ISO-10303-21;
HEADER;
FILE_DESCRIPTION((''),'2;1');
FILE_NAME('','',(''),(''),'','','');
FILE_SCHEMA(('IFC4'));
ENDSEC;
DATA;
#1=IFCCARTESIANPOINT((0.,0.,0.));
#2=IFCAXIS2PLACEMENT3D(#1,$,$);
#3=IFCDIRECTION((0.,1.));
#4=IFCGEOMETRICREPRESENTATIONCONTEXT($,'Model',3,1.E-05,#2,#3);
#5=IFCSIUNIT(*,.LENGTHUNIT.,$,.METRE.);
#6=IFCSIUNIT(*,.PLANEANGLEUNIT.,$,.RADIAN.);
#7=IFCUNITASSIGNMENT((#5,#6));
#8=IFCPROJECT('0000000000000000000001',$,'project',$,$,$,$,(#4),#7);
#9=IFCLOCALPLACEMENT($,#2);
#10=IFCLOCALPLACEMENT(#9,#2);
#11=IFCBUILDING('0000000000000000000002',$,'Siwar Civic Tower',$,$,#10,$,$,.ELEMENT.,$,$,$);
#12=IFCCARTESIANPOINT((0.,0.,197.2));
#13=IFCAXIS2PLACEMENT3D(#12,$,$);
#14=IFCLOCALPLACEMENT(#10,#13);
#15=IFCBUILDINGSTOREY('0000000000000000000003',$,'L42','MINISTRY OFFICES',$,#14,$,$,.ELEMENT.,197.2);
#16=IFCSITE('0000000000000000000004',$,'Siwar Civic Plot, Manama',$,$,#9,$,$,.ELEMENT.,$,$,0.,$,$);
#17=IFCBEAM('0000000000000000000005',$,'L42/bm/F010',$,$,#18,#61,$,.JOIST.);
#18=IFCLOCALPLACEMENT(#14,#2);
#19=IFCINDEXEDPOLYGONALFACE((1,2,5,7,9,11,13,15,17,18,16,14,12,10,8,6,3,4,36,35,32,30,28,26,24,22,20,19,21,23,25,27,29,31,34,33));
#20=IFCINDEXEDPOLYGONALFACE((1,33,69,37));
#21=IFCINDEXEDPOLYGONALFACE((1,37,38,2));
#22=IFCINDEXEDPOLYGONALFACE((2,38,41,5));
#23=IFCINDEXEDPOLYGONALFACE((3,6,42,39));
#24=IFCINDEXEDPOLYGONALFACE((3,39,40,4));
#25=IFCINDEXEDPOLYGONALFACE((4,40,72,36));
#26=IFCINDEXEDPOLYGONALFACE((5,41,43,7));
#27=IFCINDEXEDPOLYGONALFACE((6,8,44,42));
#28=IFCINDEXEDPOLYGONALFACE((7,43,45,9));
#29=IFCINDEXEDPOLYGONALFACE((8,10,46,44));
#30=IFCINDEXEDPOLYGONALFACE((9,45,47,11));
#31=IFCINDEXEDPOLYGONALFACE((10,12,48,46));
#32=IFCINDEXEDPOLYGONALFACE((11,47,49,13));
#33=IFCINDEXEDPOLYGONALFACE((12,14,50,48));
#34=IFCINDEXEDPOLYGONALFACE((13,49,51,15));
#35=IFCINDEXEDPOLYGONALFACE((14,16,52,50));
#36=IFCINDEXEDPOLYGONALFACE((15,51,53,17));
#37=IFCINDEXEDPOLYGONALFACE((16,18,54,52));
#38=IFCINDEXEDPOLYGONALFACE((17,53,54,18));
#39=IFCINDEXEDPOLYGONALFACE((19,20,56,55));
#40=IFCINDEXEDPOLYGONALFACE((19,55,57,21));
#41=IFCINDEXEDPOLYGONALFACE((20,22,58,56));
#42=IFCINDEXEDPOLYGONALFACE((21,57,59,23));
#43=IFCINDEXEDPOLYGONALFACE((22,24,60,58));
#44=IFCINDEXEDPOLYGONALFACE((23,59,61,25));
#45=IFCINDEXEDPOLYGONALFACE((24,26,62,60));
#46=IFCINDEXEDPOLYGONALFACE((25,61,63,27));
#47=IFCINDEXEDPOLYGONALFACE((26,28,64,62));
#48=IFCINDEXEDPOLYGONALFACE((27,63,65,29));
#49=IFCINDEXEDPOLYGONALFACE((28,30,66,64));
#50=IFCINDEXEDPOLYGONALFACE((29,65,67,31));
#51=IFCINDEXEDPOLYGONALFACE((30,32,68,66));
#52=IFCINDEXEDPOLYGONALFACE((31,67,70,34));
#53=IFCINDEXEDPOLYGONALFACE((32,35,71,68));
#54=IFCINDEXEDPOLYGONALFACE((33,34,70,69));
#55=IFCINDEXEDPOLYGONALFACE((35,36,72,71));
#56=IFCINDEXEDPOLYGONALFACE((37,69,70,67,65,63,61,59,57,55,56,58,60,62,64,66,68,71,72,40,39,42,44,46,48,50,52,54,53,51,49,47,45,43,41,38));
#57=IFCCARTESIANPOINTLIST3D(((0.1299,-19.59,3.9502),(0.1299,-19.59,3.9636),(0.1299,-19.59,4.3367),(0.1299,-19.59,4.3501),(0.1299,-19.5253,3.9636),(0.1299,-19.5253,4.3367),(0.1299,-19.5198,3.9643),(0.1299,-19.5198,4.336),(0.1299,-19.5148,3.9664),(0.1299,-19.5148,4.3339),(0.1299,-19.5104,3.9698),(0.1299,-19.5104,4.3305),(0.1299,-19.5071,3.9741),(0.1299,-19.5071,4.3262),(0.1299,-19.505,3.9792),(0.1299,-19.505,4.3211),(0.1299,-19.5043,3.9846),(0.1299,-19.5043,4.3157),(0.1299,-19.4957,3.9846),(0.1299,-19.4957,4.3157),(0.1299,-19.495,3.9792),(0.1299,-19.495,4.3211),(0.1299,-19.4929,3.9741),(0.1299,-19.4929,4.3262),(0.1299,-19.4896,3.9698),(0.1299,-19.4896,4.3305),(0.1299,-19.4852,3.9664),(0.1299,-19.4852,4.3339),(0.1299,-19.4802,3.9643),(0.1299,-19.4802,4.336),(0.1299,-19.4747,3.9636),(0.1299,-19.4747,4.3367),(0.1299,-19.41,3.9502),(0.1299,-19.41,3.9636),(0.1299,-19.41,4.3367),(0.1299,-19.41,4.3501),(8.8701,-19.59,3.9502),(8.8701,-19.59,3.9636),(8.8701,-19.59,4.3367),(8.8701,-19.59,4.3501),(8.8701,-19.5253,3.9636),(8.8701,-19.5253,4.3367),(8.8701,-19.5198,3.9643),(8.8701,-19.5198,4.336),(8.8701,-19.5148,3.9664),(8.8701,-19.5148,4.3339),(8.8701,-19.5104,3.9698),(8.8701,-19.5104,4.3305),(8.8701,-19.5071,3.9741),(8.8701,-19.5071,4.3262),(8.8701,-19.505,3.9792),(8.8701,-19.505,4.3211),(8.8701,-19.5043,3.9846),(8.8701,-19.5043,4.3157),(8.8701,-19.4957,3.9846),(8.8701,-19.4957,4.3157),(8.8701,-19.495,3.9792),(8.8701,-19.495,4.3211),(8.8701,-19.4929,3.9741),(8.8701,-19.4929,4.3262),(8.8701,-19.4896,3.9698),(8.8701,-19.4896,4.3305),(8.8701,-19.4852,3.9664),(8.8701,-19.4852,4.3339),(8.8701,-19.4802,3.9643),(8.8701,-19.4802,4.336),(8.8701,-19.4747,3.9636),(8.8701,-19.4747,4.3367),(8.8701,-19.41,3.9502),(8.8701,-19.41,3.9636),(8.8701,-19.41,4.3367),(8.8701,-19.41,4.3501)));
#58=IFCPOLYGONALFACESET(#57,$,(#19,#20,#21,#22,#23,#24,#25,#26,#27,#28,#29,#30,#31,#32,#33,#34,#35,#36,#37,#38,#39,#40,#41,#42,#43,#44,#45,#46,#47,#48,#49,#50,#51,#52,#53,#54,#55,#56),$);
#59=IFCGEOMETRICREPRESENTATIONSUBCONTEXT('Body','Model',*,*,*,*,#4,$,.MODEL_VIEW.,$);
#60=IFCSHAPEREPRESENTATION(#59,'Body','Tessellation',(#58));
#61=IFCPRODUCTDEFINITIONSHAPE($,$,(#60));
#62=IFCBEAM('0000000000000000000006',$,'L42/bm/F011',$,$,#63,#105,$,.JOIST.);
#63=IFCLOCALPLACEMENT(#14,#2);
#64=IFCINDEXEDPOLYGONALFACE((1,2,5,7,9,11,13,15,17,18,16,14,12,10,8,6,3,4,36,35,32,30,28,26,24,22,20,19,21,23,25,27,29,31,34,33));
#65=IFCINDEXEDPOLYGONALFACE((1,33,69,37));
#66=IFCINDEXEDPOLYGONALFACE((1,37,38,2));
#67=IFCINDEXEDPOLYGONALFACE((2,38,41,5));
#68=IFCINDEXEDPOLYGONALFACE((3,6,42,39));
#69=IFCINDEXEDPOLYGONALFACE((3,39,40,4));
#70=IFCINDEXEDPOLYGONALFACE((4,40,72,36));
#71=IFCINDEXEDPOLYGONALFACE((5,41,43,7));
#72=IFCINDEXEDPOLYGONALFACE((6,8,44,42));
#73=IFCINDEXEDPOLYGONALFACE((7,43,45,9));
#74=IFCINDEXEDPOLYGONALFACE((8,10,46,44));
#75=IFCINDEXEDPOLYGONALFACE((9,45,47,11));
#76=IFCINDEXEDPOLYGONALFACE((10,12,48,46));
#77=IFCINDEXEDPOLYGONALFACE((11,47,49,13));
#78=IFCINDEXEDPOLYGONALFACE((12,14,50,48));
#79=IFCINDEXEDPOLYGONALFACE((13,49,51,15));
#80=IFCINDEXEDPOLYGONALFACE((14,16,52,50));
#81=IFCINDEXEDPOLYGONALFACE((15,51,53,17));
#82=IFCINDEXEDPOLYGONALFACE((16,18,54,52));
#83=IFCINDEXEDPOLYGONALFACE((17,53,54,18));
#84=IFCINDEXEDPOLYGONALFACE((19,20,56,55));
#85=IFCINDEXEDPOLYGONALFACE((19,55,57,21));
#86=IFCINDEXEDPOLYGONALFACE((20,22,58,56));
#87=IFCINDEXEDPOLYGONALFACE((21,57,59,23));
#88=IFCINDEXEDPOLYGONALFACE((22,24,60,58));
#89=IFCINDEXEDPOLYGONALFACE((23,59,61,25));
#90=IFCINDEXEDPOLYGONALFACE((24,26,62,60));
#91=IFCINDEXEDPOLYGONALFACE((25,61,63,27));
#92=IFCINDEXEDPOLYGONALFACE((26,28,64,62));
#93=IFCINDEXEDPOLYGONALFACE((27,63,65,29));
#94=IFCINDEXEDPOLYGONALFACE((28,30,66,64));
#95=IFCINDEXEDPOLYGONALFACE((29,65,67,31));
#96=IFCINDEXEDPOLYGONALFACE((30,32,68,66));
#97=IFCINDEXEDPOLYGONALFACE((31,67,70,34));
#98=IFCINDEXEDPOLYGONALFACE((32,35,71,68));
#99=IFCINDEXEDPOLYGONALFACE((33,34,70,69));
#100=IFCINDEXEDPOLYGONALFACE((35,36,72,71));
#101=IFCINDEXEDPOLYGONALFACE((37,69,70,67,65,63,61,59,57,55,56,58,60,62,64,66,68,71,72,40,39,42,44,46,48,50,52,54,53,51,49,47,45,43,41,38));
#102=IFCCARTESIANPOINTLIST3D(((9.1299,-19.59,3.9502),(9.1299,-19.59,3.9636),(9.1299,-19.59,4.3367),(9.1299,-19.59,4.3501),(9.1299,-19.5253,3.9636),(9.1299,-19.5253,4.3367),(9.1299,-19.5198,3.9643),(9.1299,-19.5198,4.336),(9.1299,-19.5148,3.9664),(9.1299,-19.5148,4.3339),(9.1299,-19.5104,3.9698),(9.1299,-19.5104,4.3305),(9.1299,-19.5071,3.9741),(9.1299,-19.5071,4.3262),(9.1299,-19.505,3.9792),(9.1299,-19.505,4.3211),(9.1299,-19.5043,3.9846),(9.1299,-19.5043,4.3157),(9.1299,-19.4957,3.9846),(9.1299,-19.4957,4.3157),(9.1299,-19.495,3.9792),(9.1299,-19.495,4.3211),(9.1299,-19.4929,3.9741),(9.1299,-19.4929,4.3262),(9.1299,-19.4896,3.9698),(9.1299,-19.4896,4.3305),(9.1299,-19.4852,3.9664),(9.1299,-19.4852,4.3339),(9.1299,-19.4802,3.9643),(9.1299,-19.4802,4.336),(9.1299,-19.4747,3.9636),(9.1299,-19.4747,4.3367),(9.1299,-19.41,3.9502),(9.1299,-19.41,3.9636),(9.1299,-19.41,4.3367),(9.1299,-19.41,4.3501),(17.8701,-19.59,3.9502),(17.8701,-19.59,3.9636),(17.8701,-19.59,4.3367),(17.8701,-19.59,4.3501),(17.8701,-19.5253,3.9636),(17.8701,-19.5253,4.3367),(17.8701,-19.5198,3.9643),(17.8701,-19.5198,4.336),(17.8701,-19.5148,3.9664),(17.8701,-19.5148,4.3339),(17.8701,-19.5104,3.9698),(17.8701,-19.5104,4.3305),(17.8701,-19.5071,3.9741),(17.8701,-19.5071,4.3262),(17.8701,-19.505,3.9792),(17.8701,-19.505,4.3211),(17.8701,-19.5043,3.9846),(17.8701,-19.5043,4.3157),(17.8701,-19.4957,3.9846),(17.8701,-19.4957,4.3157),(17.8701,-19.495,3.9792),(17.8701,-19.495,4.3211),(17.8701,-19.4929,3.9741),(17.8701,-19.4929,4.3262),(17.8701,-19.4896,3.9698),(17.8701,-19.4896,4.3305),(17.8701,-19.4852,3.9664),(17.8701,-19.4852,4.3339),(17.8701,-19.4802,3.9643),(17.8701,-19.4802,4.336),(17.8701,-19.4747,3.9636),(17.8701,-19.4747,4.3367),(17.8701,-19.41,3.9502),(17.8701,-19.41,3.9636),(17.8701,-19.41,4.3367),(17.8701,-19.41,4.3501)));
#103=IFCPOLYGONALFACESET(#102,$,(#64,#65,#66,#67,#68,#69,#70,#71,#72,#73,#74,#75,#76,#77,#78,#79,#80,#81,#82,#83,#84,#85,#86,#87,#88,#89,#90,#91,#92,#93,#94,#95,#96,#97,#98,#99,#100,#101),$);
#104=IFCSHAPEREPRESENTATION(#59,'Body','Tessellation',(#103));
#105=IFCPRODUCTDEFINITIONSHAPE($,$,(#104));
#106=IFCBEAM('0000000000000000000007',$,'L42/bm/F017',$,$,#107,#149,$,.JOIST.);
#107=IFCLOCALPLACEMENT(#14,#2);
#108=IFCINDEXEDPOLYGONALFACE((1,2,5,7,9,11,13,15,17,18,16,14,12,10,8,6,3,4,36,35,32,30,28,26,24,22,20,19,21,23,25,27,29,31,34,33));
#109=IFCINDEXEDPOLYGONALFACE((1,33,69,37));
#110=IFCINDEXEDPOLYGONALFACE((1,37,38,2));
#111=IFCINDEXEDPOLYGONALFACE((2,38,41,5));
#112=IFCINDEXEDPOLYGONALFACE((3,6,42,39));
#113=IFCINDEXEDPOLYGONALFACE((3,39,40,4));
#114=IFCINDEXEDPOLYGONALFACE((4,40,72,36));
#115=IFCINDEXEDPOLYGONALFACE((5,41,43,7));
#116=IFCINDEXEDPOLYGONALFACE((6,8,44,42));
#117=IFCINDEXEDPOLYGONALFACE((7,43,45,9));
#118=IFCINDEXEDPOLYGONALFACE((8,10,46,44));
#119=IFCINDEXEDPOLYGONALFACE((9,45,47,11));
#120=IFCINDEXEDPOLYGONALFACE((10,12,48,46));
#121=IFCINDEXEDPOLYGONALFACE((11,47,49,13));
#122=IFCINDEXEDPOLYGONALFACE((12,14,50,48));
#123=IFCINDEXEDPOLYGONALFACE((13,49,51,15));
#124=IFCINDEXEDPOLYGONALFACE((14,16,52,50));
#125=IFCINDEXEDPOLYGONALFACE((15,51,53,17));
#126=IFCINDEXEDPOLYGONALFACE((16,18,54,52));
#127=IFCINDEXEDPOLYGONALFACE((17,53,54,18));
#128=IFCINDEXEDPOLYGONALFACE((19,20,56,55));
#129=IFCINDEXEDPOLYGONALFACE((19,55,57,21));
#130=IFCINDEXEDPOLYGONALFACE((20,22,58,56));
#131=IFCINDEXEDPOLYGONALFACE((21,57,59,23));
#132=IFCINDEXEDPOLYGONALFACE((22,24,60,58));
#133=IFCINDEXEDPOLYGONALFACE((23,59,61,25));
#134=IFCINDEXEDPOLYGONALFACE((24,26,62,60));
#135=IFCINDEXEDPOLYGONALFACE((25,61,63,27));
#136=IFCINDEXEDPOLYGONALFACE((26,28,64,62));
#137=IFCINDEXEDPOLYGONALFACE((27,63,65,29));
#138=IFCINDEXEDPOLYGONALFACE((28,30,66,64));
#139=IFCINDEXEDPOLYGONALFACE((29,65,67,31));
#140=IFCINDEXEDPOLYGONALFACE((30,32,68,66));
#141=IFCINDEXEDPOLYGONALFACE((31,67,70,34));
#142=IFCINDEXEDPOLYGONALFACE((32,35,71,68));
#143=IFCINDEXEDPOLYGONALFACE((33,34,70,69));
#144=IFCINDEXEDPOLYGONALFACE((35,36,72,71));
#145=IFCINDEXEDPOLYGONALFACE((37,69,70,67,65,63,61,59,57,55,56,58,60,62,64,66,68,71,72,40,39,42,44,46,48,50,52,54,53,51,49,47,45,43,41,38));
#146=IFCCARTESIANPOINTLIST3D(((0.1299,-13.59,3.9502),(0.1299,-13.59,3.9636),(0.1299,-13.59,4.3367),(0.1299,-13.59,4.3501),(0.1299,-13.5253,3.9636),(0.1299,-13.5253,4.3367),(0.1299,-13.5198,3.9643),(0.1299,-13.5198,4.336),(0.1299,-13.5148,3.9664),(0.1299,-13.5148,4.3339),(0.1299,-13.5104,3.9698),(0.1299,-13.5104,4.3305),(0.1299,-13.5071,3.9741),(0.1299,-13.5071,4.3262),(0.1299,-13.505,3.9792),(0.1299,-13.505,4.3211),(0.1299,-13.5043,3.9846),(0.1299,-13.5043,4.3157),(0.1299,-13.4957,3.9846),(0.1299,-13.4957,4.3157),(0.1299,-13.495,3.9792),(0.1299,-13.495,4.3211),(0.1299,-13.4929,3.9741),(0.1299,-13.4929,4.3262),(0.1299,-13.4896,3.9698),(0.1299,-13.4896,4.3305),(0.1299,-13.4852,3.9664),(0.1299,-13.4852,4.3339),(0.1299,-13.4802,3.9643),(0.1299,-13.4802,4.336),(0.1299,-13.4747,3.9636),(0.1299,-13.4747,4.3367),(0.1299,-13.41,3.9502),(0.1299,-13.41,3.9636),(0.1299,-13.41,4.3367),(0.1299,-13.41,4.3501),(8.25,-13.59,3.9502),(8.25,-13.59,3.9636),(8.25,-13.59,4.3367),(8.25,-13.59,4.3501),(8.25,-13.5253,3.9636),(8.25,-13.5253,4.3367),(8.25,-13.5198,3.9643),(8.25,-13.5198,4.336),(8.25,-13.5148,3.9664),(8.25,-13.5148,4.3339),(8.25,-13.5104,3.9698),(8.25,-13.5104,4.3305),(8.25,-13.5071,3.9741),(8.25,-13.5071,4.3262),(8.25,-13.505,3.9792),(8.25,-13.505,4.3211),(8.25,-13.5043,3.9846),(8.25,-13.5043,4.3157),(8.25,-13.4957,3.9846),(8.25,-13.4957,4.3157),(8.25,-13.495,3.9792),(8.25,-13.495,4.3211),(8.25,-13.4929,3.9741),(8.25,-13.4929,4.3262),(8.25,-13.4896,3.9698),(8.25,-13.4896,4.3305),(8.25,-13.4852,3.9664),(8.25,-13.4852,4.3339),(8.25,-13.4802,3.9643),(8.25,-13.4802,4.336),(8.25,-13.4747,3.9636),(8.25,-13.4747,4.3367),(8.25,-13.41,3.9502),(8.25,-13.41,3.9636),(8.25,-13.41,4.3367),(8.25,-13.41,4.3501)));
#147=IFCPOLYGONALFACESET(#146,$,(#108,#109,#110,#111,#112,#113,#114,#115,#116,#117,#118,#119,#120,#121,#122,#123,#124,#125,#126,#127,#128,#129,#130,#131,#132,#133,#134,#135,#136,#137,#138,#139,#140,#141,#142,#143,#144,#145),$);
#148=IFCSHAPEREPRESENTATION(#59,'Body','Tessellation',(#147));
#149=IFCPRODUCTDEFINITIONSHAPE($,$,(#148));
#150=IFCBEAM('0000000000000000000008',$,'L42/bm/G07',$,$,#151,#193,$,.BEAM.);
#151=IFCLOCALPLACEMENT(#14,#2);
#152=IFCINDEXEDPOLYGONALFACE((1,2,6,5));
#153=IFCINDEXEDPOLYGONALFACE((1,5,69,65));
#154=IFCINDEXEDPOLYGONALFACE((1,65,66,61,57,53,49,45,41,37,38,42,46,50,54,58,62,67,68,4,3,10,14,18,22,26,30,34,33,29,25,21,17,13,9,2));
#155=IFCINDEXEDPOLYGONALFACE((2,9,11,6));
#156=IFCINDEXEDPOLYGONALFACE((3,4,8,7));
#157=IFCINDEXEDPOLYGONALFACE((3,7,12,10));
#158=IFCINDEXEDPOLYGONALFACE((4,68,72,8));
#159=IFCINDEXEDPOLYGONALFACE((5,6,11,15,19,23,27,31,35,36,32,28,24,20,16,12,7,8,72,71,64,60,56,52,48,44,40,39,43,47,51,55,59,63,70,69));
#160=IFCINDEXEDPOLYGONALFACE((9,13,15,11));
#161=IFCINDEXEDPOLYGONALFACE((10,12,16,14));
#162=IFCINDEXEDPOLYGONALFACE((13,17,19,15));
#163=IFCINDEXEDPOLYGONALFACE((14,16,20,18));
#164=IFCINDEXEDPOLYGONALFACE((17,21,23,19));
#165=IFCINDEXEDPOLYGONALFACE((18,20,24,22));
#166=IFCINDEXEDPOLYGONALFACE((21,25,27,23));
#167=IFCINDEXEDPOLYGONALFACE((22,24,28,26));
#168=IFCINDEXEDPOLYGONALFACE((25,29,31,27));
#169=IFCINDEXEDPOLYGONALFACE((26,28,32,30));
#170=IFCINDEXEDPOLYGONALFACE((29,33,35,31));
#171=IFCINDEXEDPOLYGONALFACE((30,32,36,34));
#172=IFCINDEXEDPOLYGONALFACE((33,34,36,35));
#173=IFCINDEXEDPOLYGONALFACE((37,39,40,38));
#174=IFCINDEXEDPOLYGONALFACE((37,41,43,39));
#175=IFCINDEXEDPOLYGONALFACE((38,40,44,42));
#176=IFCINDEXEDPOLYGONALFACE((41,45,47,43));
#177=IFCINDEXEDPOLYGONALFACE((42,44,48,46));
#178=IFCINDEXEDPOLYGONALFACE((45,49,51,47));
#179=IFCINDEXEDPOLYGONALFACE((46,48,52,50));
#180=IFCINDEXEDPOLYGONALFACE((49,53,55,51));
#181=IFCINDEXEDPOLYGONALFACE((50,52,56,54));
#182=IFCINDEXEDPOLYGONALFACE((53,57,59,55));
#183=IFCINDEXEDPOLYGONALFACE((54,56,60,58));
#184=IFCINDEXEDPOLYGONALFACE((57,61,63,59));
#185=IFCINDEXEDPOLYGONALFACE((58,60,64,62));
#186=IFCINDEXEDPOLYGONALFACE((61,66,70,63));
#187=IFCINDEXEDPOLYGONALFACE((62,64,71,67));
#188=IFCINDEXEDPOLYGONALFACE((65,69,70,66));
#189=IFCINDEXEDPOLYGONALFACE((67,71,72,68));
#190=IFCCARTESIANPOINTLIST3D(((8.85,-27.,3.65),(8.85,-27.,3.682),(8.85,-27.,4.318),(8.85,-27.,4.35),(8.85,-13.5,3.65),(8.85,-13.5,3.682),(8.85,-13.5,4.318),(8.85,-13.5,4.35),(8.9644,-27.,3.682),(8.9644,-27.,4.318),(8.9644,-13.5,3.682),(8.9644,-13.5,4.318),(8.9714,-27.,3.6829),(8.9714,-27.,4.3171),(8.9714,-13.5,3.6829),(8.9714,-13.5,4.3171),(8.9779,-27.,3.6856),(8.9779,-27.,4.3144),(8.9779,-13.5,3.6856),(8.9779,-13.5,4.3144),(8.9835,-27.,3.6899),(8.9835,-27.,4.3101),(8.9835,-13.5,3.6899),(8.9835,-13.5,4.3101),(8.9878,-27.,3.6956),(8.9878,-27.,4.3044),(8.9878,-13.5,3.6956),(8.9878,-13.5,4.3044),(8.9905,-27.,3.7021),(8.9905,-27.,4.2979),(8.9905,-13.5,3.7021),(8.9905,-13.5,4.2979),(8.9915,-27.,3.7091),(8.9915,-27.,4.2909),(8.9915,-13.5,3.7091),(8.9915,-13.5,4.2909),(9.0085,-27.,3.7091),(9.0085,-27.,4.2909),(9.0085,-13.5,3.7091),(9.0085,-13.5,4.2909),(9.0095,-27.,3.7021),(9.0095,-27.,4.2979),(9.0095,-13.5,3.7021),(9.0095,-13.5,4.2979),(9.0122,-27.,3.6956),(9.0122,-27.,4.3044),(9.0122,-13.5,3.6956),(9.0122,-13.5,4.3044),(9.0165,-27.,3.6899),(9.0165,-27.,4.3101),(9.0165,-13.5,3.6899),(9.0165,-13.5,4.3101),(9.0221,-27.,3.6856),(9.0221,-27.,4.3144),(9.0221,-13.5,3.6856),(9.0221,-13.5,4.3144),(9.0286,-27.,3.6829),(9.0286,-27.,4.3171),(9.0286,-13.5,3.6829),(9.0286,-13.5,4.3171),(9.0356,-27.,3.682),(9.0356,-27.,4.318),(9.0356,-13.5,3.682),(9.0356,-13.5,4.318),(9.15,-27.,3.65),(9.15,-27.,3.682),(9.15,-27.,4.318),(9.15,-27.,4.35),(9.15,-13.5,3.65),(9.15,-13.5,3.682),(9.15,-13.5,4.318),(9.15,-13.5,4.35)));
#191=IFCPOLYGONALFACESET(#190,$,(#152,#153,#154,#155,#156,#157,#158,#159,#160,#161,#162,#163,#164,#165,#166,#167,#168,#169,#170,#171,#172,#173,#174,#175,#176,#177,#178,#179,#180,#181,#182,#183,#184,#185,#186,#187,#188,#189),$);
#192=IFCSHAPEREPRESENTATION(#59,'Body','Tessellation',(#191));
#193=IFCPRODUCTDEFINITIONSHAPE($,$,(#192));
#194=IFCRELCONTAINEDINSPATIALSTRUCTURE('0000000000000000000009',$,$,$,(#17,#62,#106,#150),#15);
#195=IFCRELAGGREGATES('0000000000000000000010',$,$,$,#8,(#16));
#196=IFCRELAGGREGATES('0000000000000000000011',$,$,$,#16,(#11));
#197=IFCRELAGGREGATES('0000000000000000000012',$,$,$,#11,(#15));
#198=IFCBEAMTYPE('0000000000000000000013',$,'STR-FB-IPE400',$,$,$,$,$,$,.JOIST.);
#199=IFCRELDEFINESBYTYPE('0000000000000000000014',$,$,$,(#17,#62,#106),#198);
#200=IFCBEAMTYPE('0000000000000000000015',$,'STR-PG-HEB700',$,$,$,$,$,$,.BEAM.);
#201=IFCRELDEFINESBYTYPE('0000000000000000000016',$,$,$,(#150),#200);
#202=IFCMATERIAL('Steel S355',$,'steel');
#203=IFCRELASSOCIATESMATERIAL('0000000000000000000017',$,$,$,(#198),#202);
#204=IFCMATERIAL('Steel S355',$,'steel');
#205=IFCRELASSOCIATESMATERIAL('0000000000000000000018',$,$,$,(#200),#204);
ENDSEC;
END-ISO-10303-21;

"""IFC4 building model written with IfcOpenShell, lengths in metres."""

from ifc_helpers import new_model, si_unit, direction, frame, origin, origin_2d, place, context, subcontext, project, spatial, i_section, extrude, material, material_profile, profile_set, type_object, element, save


model = new_model("IFC4")

# Units and contexts
model_context = context("Model", 3, precision=1e-05, world=origin(), true_north=direction((0.0, 1.0)))
body_context = subcontext(model_context, "Body", "Model", "MODEL_VIEW")
ifc_project = project(units=[si_unit("LENGTHUNIT", "METRE"), si_unit("PLANEANGLEUNIT", "RADIAN")], contexts=[model_context])

# Site, building, storey
site_placement = place(None, origin())
site = spatial("IfcSite", under=ifc_project, at=site_placement, Name="Siwar Civic Plot, Manama", CompositionType="ELEMENT", RefElevation=0.0)
building_placement = place(site_placement, origin())
building = spatial("IfcBuilding", under=site, at=building_placement, Name="Siwar Civic Tower", CompositionType="ELEMENT")
storey_placement = place(building_placement, frame((0.0, 0.0, 197.2)))
storey = spatial("IfcBuildingStorey", under=building, at=storey_placement, Name="L42", Description="MINISTRY OFFICES", CompositionType="ELEMENT", Elevation=197.2)

# Beams
ifc_material_1 = material(Name="Steel S355", Category="steel")
ifc_material_profile_1 = material_profile(ifc_material_1, i_section(OverallWidth=0.1799, OverallDepth=0.3999, WebThickness=0.0085, FlangeThickness=0.0134, FilletRadius=0.021, at=origin_2d()), Name="IPE400")
ifc_profile_set_1 = profile_set([ifc_material_profile_1], Name="Steel S355")
beam_type_1 = type_object("IfcBeamType", Name="STR-FB-IPE400", PredefinedType="JOIST", material=ifc_profile_set_1)
for number, where, z_axis, x_axis, name in (
    (1, (0.1299, -19.5, 4.1501), (1.0, 0.0, 0.0), (0.0, 1.0, 0.0), "L42/bm/F010"),
    (2, (9.1299, -19.5, 4.1501), (1.0, 0.0, 0.0), (0.0, 1.0, 0.0), "L42/bm/F011"),
):
    element("IfcBeam", number, at=place(storey_placement, frame(where, z_axis=z_axis, x_axis=x_axis)), inside=storey, type_object=beam_type_1, Name=name, PredefinedType="JOIST", context=body_context, shape_type="SweptSolid", body=[
        extrude(i_section(OverallWidth=0.1799, OverallDepth=0.3999, WebThickness=0.0085, FlangeThickness=0.0134, FilletRadius=0.021, at=origin_2d()), origin(), (0.0, 0.0, 1.0), 8.7402),
    ])
beam_1_placement = place(storey_placement, frame((0.1299, -13.5, 4.1501), z_axis=(1.0, 0.0, 0.0), x_axis=(0.0, 1.0, 0.0)))
element("IfcBeam", 3, at=beam_1_placement, inside=storey, type_object=beam_type_1, Name="L42/bm/F017", PredefinedType="JOIST", context=body_context, shape_type="SweptSolid", body=[
    extrude(i_section(OverallWidth=0.1799, OverallDepth=0.3999, WebThickness=0.0085, FlangeThickness=0.0134, FilletRadius=0.021, at=origin_2d()), origin(), (0.0, 0.0, 1.0), 8.1201),
])
ifc_material_2 = material(Name="Steel S355", Category="steel")
ifc_material_profile_2 = material_profile(ifc_material_2, i_section(OverallWidth=0.3, OverallDepth=0.7, WebThickness=0.0171, FlangeThickness=0.032, FilletRadius=0.0271, at=origin_2d()), Name="HEB700")
ifc_profile_set_2 = profile_set([ifc_material_profile_2], Name="Steel S355")
beam_type_2 = type_object("IfcBeamType", Name="STR-PG-HEB700", PredefinedType="BEAM", material=ifc_profile_set_2)
beam_2_placement = place(storey_placement, frame((9.0, -27.0, 4.0), z_axis=(0.0, 1.0, 0.0), x_axis=(-1.0, 0.0, 0.0)))
element("IfcBeam", 4, at=beam_2_placement, inside=storey, type_object=beam_type_2, Name="L42/bm/G07", PredefinedType="BEAM", context=body_context, shape_type="SweptSolid", body=[
    extrude(i_section(OverallWidth=0.3, OverallDepth=0.7, WebThickness=0.0171, FlangeThickness=0.032, FilletRadius=0.0271, at=origin_2d()), origin(), (0.0, 0.0, 1.0), 13.5),
])

save(model, "model.ifc")
